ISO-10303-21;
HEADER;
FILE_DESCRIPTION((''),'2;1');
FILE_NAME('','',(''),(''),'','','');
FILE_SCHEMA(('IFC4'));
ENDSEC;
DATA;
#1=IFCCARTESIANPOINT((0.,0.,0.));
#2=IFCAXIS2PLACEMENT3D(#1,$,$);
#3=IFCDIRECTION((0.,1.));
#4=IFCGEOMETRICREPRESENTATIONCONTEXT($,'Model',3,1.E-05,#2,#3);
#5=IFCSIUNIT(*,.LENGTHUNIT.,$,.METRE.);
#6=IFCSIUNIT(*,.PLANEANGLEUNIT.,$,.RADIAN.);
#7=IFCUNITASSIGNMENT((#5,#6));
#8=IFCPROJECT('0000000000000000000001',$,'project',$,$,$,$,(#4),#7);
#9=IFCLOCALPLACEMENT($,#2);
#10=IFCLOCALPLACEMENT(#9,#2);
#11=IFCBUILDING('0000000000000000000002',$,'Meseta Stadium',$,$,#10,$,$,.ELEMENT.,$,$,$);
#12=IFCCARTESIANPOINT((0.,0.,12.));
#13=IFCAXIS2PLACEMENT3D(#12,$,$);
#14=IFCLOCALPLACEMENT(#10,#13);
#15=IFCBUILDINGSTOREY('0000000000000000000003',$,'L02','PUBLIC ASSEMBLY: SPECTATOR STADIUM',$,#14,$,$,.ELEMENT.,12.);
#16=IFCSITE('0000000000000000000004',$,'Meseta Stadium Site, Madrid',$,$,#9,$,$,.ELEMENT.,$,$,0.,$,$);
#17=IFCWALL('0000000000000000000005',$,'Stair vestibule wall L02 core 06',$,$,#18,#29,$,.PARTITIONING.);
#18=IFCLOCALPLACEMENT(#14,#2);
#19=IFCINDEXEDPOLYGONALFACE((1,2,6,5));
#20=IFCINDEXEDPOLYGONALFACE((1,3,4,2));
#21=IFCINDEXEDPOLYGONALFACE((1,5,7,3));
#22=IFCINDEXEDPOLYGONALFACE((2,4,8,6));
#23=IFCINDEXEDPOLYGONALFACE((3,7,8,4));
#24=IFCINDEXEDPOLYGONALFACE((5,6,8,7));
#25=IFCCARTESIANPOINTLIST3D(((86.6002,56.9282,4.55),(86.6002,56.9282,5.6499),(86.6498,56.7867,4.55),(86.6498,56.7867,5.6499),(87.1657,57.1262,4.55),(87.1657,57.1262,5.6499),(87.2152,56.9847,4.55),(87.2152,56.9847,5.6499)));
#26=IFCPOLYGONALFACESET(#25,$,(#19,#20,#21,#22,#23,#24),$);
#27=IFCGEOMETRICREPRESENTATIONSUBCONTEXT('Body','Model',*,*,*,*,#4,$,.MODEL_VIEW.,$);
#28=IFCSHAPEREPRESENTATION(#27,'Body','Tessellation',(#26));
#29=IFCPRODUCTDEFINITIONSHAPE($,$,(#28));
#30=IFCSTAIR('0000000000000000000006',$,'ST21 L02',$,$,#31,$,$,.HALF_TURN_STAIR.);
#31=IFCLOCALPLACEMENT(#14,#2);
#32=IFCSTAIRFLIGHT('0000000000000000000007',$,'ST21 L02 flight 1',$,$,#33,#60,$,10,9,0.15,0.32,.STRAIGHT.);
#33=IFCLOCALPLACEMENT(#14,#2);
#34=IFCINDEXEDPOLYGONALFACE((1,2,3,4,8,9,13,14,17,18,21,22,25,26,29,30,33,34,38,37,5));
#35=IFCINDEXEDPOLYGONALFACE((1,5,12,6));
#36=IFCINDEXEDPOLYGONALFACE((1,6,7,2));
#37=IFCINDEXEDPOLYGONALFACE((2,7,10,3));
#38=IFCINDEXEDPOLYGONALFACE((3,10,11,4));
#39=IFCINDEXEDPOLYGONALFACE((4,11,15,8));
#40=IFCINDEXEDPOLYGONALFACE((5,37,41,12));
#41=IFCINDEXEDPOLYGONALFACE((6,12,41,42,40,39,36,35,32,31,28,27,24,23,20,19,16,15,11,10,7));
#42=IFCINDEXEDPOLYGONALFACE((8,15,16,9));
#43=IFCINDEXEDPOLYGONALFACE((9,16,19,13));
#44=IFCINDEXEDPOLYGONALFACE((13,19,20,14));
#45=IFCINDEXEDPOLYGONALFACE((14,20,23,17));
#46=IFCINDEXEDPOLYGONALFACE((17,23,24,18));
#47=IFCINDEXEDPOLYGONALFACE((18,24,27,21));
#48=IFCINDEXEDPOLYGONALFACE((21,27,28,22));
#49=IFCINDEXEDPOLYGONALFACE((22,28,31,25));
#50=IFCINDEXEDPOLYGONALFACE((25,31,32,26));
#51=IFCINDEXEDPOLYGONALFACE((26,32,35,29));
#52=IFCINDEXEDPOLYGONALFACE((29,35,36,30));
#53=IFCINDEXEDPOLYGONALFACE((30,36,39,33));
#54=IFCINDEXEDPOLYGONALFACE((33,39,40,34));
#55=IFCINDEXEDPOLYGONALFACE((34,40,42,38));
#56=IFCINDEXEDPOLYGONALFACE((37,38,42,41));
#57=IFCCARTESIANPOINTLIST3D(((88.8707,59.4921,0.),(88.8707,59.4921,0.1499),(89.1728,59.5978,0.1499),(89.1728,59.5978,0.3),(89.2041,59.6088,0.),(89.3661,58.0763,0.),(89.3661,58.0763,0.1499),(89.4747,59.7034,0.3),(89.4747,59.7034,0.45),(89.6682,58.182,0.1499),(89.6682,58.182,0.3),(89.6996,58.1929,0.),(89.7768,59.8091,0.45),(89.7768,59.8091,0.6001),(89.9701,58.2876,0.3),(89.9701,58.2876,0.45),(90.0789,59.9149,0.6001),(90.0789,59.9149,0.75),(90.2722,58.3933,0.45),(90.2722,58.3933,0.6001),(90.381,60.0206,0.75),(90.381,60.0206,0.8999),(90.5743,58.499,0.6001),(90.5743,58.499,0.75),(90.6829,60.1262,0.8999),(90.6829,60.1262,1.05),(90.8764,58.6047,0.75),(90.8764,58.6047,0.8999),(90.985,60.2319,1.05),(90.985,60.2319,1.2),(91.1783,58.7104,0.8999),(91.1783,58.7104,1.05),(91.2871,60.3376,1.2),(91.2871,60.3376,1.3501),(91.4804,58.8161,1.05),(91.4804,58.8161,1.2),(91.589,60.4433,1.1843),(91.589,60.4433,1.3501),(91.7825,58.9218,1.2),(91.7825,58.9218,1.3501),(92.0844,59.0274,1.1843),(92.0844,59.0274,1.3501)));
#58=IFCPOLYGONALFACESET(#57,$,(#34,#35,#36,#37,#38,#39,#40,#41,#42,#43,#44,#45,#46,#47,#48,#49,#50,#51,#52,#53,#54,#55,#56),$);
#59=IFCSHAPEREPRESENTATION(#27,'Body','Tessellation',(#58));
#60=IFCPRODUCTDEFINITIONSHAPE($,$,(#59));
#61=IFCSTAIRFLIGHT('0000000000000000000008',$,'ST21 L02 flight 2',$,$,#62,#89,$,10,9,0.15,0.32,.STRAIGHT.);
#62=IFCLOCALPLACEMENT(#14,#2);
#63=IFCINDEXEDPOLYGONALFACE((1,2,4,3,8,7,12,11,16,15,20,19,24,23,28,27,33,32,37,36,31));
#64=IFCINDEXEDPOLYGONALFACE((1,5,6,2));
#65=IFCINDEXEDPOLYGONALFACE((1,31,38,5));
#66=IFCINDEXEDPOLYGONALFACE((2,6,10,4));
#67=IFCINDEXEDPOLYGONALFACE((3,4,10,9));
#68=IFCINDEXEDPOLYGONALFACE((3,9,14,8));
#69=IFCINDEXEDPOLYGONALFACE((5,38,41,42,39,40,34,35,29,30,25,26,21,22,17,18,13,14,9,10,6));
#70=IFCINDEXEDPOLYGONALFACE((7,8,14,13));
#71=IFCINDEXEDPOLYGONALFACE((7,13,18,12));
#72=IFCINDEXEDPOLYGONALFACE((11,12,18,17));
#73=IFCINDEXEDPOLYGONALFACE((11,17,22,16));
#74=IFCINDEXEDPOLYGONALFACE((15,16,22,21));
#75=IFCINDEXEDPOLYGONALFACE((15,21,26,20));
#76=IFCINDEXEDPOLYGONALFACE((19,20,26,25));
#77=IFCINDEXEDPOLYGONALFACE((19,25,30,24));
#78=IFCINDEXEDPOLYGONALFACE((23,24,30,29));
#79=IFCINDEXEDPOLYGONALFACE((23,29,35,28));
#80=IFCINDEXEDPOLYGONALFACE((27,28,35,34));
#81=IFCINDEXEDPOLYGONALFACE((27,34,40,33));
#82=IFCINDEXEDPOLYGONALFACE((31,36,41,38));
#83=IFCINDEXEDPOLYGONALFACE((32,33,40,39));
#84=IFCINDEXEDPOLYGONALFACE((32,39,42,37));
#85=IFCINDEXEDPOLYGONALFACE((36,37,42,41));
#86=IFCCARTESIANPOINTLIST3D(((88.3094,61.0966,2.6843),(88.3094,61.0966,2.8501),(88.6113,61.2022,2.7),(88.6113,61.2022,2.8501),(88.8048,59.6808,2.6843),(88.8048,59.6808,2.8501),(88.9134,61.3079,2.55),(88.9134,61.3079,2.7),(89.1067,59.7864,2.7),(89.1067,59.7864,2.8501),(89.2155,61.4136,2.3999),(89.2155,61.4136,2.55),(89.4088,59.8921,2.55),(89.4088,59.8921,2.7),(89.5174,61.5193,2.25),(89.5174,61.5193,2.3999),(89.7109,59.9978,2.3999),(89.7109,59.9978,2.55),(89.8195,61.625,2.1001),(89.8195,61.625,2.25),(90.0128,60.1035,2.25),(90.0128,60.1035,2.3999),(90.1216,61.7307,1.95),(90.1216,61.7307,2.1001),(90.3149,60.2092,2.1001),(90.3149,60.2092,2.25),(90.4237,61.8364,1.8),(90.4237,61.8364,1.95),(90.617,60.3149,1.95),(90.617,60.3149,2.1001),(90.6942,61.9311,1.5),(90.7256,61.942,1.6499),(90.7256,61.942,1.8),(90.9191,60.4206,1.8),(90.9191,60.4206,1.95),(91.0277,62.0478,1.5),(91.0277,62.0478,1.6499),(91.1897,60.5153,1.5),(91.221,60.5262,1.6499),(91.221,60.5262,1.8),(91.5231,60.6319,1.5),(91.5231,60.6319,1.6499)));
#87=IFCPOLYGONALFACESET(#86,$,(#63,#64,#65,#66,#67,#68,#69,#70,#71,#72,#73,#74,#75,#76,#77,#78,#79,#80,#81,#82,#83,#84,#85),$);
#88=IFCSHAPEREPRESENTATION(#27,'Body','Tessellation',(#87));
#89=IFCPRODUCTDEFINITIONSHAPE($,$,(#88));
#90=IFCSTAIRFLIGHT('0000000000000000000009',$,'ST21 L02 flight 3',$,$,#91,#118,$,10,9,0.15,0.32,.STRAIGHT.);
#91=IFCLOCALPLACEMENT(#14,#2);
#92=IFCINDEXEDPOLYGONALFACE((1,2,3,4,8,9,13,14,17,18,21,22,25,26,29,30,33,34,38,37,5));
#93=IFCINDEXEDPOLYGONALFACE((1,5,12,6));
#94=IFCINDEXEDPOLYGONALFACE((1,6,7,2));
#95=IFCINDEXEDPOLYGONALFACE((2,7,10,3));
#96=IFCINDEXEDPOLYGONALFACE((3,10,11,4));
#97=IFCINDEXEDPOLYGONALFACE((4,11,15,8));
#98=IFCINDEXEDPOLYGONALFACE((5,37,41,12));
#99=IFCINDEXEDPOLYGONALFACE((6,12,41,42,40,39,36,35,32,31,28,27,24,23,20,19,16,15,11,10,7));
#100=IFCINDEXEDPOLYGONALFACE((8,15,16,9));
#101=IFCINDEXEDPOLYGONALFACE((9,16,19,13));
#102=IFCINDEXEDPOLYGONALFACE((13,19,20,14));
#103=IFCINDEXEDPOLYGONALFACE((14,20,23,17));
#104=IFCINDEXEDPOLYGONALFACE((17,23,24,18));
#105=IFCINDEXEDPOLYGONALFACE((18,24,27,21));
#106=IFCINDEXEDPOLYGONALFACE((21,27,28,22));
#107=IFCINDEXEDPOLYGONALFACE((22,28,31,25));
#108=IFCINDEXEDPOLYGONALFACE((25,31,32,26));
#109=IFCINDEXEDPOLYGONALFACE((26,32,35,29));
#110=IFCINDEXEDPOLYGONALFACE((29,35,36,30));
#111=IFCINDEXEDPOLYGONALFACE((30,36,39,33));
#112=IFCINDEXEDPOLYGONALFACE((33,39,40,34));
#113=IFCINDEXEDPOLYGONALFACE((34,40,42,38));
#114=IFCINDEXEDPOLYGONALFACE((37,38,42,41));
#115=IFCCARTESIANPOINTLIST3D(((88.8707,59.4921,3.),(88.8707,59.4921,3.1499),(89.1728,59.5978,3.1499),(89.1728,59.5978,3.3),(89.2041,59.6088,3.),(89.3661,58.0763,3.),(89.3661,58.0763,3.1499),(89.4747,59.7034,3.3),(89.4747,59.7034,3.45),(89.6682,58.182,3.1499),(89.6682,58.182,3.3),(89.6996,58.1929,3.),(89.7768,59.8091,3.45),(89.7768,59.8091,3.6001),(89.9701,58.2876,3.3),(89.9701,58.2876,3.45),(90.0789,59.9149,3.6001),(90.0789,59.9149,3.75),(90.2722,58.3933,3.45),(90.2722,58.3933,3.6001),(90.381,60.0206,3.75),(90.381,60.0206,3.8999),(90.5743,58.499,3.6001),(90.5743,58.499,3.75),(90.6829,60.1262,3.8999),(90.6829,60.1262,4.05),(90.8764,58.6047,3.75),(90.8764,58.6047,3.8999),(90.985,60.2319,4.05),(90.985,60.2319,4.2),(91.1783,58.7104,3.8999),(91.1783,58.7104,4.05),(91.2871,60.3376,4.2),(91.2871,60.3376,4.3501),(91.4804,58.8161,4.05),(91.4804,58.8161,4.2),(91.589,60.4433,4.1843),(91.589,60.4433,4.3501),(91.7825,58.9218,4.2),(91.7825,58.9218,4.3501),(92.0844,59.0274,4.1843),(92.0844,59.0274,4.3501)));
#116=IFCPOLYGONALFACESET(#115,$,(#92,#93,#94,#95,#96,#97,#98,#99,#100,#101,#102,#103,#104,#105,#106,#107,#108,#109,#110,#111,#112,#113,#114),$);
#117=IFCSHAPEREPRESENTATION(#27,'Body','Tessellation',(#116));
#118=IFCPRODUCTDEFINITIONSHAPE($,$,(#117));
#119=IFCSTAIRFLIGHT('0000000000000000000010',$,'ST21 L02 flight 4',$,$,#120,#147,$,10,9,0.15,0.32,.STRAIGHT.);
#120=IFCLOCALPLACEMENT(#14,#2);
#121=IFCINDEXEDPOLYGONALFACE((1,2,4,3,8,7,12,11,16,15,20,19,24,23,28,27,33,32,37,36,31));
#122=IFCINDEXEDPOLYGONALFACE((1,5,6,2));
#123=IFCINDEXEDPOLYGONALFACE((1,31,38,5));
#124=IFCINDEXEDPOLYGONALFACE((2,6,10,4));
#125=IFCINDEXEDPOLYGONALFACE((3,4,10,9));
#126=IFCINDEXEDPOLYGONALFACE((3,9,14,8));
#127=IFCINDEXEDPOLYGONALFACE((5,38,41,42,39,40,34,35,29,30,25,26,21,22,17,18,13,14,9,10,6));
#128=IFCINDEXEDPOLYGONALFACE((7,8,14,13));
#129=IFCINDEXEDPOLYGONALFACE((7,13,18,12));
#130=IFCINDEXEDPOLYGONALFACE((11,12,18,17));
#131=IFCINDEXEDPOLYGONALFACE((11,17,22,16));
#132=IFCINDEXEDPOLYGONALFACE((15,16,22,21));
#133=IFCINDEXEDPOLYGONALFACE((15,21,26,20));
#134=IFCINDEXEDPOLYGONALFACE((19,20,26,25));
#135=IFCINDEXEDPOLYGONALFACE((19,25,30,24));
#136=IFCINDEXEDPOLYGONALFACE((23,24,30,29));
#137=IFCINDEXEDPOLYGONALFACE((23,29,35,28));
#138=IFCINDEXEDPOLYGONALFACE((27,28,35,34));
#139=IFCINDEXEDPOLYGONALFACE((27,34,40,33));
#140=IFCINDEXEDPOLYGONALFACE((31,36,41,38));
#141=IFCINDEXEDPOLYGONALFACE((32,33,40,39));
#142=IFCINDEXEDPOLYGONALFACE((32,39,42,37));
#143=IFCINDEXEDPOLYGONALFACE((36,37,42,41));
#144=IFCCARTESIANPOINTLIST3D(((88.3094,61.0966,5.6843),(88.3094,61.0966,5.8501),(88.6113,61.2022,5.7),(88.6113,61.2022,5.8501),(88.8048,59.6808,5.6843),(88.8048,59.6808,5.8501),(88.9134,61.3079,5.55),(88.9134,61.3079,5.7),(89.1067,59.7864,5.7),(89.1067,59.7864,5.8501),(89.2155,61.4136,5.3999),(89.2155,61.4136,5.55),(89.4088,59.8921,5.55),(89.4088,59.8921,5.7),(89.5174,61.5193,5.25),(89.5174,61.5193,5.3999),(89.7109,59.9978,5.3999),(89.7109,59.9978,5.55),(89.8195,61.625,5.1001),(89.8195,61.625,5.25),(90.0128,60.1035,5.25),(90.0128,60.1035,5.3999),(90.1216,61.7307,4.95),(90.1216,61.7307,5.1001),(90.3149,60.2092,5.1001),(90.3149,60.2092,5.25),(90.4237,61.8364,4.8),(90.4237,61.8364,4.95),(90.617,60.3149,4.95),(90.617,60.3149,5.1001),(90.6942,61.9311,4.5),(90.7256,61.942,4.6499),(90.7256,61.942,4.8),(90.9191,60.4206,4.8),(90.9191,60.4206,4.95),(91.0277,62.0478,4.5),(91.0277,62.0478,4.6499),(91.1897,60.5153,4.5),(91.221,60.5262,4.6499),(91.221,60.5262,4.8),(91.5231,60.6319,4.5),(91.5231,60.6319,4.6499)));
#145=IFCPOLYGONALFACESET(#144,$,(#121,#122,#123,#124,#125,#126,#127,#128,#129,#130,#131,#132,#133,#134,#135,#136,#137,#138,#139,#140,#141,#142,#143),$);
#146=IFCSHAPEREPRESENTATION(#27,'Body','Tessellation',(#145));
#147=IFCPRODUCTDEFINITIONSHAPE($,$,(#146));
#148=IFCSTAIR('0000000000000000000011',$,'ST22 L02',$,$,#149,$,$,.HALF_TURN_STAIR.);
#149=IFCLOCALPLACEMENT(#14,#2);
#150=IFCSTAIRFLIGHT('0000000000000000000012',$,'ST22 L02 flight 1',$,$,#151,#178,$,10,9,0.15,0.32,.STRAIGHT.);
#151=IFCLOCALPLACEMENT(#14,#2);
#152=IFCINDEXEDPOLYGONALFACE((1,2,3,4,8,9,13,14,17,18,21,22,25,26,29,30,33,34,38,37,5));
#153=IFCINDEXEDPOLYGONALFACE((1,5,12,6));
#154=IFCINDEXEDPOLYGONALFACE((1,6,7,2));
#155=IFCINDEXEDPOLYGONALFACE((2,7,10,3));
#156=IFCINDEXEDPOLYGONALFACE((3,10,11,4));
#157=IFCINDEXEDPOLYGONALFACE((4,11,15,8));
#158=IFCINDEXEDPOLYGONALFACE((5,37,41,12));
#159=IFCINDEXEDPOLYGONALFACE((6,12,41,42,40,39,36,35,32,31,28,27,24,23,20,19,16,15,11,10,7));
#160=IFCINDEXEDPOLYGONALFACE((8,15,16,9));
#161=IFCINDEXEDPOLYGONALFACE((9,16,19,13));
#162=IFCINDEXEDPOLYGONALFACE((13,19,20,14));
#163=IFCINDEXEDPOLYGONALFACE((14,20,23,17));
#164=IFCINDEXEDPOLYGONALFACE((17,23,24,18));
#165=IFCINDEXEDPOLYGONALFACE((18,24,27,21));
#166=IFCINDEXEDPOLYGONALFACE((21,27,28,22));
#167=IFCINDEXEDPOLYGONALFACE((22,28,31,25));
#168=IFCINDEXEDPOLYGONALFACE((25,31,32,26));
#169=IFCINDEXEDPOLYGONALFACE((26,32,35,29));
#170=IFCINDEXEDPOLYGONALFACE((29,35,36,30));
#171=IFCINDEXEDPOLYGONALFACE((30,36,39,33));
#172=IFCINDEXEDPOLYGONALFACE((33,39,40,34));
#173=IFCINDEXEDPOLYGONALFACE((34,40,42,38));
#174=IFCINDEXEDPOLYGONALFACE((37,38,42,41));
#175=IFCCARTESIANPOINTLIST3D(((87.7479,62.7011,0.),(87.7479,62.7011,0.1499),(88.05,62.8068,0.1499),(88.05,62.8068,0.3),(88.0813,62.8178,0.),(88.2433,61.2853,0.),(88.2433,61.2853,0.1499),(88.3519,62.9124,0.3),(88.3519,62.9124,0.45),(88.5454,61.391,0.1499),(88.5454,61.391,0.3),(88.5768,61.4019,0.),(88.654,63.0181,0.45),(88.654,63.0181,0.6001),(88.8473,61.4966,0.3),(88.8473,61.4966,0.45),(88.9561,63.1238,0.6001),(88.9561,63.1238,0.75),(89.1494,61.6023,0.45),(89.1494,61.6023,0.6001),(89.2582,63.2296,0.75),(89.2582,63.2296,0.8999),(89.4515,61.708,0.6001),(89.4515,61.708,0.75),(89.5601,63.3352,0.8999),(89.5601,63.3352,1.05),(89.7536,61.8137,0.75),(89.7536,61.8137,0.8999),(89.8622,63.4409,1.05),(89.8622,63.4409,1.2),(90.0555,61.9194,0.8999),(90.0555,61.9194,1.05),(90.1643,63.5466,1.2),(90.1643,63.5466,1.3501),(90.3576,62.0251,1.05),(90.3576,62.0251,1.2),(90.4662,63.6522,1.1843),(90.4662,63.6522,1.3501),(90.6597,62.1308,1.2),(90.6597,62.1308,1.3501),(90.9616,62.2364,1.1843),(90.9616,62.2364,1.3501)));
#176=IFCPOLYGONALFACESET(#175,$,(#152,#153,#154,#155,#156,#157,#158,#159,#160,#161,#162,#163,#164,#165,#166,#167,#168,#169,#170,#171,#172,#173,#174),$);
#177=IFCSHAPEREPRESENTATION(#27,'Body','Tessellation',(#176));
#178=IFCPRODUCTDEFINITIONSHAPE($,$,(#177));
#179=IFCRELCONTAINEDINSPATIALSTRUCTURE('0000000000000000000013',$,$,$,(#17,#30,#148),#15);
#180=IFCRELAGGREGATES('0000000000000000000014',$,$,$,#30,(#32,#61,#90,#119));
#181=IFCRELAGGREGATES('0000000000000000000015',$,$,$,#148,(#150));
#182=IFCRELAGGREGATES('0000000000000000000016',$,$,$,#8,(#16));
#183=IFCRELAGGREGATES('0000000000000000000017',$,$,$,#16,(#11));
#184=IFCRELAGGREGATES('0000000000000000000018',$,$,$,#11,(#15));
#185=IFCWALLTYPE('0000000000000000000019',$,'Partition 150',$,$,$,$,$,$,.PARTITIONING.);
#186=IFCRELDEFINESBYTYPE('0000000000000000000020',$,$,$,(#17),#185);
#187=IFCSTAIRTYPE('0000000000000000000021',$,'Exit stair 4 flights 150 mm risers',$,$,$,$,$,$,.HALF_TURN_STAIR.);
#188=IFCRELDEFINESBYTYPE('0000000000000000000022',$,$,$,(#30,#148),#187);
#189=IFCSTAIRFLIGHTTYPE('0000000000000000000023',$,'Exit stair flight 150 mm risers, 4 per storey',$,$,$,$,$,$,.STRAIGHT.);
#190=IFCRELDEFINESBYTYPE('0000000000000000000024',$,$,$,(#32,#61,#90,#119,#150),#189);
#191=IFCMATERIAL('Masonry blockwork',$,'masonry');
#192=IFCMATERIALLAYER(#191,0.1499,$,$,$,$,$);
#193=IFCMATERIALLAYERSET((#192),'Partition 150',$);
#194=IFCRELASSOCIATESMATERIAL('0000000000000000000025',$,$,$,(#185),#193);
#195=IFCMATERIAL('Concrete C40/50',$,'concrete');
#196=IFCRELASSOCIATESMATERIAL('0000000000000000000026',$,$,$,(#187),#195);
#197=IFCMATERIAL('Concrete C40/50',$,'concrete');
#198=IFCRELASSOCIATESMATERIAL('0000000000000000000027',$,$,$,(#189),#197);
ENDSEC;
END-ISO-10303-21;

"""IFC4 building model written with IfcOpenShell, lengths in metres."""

from ifc_helpers import new_model, si_unit, direction, frame, frame_2d, origin, place, context, subcontext, project, spatial, polyline, rectangle, outline, extrude, material, layer, layer_set, type_object, element, aggregate, save


model = new_model("IFC4")

# Units and contexts
model_context = context("Model", 3, precision=1e-05, world=origin(), true_north=direction((0.0, 1.0)))
body_context = subcontext(model_context, "Body", "Model", "MODEL_VIEW")
ifc_project = project(units=[si_unit("LENGTHUNIT", "METRE"), si_unit("PLANEANGLEUNIT", "RADIAN")], contexts=[model_context])

# Site, building, storey
site_placement = place(None, origin())
site = spatial("IfcSite", under=ifc_project, at=site_placement, Name="Meseta Stadium Site, Madrid", CompositionType="ELEMENT", RefElevation=0.0)
building_placement = place(site_placement, origin())
building = spatial("IfcBuilding", under=site, at=building_placement, Name="Meseta Stadium", CompositionType="ELEMENT")
storey_placement = place(building_placement, frame((0.0, 0.0, 12.0)))
storey = spatial("IfcBuildingStorey", under=building, at=storey_placement, Name="L02", Description="PUBLIC ASSEMBLY: SPECTATOR STADIUM", CompositionType="ELEMENT", Elevation=12.0)

# Wall
ifc_material_1 = material(Name="Masonry blockwork", Category="masonry")
ifc_layer_1 = layer(ifc_material_1, 0.1499)
ifc_layer_set_1 = layer_set([ifc_layer_1], Name="Partition 150")
wall_type_1 = type_object("IfcWallType", Name="Partition 150", PredefinedType="PARTITIONING", material=ifc_layer_set_1)
wall_1_placement = place(storey_placement, frame((86.625, 56.8574, 4.55), z_axis=(0.0, 0.0, 1.0), x_axis=(0.943808, 0.330496, 0.0)))
element("IfcWall", 1, at=wall_1_placement, inside=storey, type_object=wall_type_1, Name="Stair vestibule wall L02 core 06", PredefinedType="PARTITIONING", context=body_context, shape_type="SweptSolid", body=[
    extrude(rectangle(XDim=0.5991, YDim=0.1499, at=frame_2d((0.2996, 0.0))), origin(), (0.0, 0.0, 1.0), 1.0999),
])

# Stairs, stair flights
ifc_material_2 = material(Name="Concrete C40/50", Category="concrete")
stair_type = type_object("IfcStairType", Name="Exit stair 4 flights 150 mm risers", PredefinedType="HALF_TURN_STAIR", material=ifc_material_2)
stair_1_placement = place(storey_placement, origin())
stair_1 = element("IfcStair", 2, at=stair_1_placement, inside=storey, type_object=stair_type, Name="ST21 L02", PredefinedType="HALF_TURN_STAIR")
ifc_material_3 = material(Name="Concrete C40/50", Category="concrete")
stair_flight_type = type_object("IfcStairFlightType", Name="Exit stair flight 150 mm risers, 4 per storey", PredefinedType="STRAIGHT", material=ifc_material_3)
stair_flight_1_placement = place(storey_placement, frame((89.1184, 58.7842, 0.0), z_axis=(0.0, 0.0, 1.0), x_axis=(0.943883, 0.330279, 0.0)))
stair_flight_1 = element("IfcStairFlight", 3, at=stair_flight_1_placement, type_object=stair_flight_type, Name="ST21 L02 flight 1", NumberOfRisers=10, NumberOfTreads=9, PredefinedType="STRAIGHT", RiserHeight=0.15, TreadLength=0.32, context=body_context, shape_type="SweptSolid", body=[
    extrude(outline(polyline([(0.0, 0.0), (0.0, 0.1499), (0.3201, 0.1499), (0.3201, 0.3), (0.6399, 0.3), (0.6399, 0.45), (0.96, 0.45), (0.96, 0.6001), (1.28, 0.6001), (1.28, 0.75), (1.6001, 0.75), (1.6001, 0.8999), (1.9199, 0.8999), (1.9199, 1.05), (2.24, 1.05), (2.24, 1.2), (2.5601, 1.2), (2.5601, 1.3501), (2.8799, 1.3501), (2.8799, 1.1843), (0.3533, 0.0), (0.0, 0.0)])), frame((0.0, 0.75, 0.0), z_axis=(0.0, -1.0, 0.0), x_axis=(1.0, 0.0, 0.0)), (0.0, 0.0, 1.0), 1.5),
])
stair_flight_2_placement = place(storey_placement, frame((91.2754, 61.3398, 1.5), z_axis=(0.0, 0.0, 1.0), x_axis=(-0.943883, -0.330279, 0.0)))
stair_flight_2 = element("IfcStairFlight", 4, at=stair_flight_2_placement, type_object=stair_flight_type, Name="ST21 L02 flight 2", NumberOfRisers=10, NumberOfTreads=9, PredefinedType="STRAIGHT", RiserHeight=0.15, TreadLength=0.32, context=body_context, shape_type="SweptSolid", body=[
    extrude(outline(polyline([(0.0, 0.0), (0.0, 0.1499), (0.3201, 0.1499), (0.3201, 0.3), (0.6399, 0.3), (0.6399, 0.45), (0.96, 0.45), (0.96, 0.6001), (1.28, 0.6001), (1.28, 0.75), (1.6001, 0.75), (1.6001, 0.8999), (1.9199, 0.8999), (1.9199, 1.05), (2.24, 1.05), (2.24, 1.2), (2.5601, 1.2), (2.5601, 1.3501), (2.8799, 1.3501), (2.8799, 1.1843), (0.3533, 0.0), (0.0, 0.0)])), frame((0.0, 0.75, 0.0), z_axis=(0.0, -1.0, 0.0), x_axis=(1.0, 0.0, 0.0)), (0.0, 0.0, 1.0), 1.5),
])
stair_flight_3_placement = place(storey_placement, frame((89.1184, 58.7842, 3.0), z_axis=(0.0, 0.0, 1.0), x_axis=(0.943883, 0.330279, 0.0)))
stair_flight_3 = element("IfcStairFlight", 5, at=stair_flight_3_placement, type_object=stair_flight_type, Name="ST21 L02 flight 3", NumberOfRisers=10, NumberOfTreads=9, PredefinedType="STRAIGHT", RiserHeight=0.15, TreadLength=0.32, context=body_context, shape_type="SweptSolid", body=[
    extrude(outline(polyline([(0.0, 0.0), (0.0, 0.1499), (0.3201, 0.1499), (0.3201, 0.3), (0.6399, 0.3), (0.6399, 0.45), (0.96, 0.45), (0.96, 0.6001), (1.28, 0.6001), (1.28, 0.75), (1.6001, 0.75), (1.6001, 0.8999), (1.9199, 0.8999), (1.9199, 1.05), (2.24, 1.05), (2.24, 1.2), (2.5601, 1.2), (2.5601, 1.3501), (2.8799, 1.3501), (2.8799, 1.1843), (0.3533, 0.0), (0.0, 0.0)])), frame((0.0, 0.75, 0.0), z_axis=(0.0, -1.0, 0.0), x_axis=(1.0, 0.0, 0.0)), (0.0, 0.0, 1.0), 1.5),
])
stair_flight_4_placement = place(storey_placement, frame((91.2754, 61.3398, 4.5), z_axis=(0.0, 0.0, 1.0), x_axis=(-0.943883, -0.330279, 0.0)))
stair_flight_4 = element("IfcStairFlight", 6, at=stair_flight_4_placement, type_object=stair_flight_type, Name="ST21 L02 flight 4", NumberOfRisers=10, NumberOfTreads=9, PredefinedType="STRAIGHT", RiserHeight=0.15, TreadLength=0.32, context=body_context, shape_type="SweptSolid", body=[
    extrude(outline(polyline([(0.0, 0.0), (0.0, 0.1499), (0.3201, 0.1499), (0.3201, 0.3), (0.6399, 0.3), (0.6399, 0.45), (0.96, 0.45), (0.96, 0.6001), (1.28, 0.6001), (1.28, 0.75), (1.6001, 0.75), (1.6001, 0.8999), (1.9199, 0.8999), (1.9199, 1.05), (2.24, 1.05), (2.24, 1.2), (2.5601, 1.2), (2.5601, 1.3501), (2.8799, 1.3501), (2.8799, 1.1843), (0.3533, 0.0), (0.0, 0.0)])), frame((0.0, 0.75, 0.0), z_axis=(0.0, -1.0, 0.0), x_axis=(1.0, 0.0, 0.0)), (0.0, 0.0, 1.0), 1.5),
])
aggregate(stair_1, [stair_flight_1, stair_flight_2, stair_flight_3, stair_flight_4])
stair_2_placement = place(storey_placement, origin())
stair_2 = element("IfcStair", 7, at=stair_2_placement, inside=storey, type_object=stair_type, Name="ST22 L02", PredefinedType="HALF_TURN_STAIR")
stair_flight_5_placement = place(storey_placement, frame((87.9956, 61.9932, 0.0), z_axis=(0.0, 0.0, 1.0), x_axis=(0.943883, 0.330279, 0.0)))
stair_flight_5 = element("IfcStairFlight", 8, at=stair_flight_5_placement, type_object=stair_flight_type, Name="ST22 L02 flight 1", NumberOfRisers=10, NumberOfTreads=9, PredefinedType="STRAIGHT", RiserHeight=0.15, TreadLength=0.32, context=body_context, shape_type="SweptSolid", body=[
    extrude(outline(polyline([(0.0, 0.0), (0.0, 0.1499), (0.3201, 0.1499), (0.3201, 0.3), (0.6399, 0.3), (0.6399, 0.45), (0.96, 0.45), (0.96, 0.6001), (1.28, 0.6001), (1.28, 0.75), (1.6001, 0.75), (1.6001, 0.8999), (1.9199, 0.8999), (1.9199, 1.05), (2.24, 1.05), (2.24, 1.2), (2.5601, 1.2), (2.5601, 1.3501), (2.8799, 1.3501), (2.8799, 1.1843), (0.3533, 0.0), (0.0, 0.0)])), frame((0.0, 0.75, 0.0), z_axis=(0.0, -1.0, 0.0), x_axis=(1.0, 0.0, 0.0)), (0.0, 0.0, 1.0), 1.5),
])
aggregate(stair_2, [stair_flight_5])

save(model, "model.ifc")
